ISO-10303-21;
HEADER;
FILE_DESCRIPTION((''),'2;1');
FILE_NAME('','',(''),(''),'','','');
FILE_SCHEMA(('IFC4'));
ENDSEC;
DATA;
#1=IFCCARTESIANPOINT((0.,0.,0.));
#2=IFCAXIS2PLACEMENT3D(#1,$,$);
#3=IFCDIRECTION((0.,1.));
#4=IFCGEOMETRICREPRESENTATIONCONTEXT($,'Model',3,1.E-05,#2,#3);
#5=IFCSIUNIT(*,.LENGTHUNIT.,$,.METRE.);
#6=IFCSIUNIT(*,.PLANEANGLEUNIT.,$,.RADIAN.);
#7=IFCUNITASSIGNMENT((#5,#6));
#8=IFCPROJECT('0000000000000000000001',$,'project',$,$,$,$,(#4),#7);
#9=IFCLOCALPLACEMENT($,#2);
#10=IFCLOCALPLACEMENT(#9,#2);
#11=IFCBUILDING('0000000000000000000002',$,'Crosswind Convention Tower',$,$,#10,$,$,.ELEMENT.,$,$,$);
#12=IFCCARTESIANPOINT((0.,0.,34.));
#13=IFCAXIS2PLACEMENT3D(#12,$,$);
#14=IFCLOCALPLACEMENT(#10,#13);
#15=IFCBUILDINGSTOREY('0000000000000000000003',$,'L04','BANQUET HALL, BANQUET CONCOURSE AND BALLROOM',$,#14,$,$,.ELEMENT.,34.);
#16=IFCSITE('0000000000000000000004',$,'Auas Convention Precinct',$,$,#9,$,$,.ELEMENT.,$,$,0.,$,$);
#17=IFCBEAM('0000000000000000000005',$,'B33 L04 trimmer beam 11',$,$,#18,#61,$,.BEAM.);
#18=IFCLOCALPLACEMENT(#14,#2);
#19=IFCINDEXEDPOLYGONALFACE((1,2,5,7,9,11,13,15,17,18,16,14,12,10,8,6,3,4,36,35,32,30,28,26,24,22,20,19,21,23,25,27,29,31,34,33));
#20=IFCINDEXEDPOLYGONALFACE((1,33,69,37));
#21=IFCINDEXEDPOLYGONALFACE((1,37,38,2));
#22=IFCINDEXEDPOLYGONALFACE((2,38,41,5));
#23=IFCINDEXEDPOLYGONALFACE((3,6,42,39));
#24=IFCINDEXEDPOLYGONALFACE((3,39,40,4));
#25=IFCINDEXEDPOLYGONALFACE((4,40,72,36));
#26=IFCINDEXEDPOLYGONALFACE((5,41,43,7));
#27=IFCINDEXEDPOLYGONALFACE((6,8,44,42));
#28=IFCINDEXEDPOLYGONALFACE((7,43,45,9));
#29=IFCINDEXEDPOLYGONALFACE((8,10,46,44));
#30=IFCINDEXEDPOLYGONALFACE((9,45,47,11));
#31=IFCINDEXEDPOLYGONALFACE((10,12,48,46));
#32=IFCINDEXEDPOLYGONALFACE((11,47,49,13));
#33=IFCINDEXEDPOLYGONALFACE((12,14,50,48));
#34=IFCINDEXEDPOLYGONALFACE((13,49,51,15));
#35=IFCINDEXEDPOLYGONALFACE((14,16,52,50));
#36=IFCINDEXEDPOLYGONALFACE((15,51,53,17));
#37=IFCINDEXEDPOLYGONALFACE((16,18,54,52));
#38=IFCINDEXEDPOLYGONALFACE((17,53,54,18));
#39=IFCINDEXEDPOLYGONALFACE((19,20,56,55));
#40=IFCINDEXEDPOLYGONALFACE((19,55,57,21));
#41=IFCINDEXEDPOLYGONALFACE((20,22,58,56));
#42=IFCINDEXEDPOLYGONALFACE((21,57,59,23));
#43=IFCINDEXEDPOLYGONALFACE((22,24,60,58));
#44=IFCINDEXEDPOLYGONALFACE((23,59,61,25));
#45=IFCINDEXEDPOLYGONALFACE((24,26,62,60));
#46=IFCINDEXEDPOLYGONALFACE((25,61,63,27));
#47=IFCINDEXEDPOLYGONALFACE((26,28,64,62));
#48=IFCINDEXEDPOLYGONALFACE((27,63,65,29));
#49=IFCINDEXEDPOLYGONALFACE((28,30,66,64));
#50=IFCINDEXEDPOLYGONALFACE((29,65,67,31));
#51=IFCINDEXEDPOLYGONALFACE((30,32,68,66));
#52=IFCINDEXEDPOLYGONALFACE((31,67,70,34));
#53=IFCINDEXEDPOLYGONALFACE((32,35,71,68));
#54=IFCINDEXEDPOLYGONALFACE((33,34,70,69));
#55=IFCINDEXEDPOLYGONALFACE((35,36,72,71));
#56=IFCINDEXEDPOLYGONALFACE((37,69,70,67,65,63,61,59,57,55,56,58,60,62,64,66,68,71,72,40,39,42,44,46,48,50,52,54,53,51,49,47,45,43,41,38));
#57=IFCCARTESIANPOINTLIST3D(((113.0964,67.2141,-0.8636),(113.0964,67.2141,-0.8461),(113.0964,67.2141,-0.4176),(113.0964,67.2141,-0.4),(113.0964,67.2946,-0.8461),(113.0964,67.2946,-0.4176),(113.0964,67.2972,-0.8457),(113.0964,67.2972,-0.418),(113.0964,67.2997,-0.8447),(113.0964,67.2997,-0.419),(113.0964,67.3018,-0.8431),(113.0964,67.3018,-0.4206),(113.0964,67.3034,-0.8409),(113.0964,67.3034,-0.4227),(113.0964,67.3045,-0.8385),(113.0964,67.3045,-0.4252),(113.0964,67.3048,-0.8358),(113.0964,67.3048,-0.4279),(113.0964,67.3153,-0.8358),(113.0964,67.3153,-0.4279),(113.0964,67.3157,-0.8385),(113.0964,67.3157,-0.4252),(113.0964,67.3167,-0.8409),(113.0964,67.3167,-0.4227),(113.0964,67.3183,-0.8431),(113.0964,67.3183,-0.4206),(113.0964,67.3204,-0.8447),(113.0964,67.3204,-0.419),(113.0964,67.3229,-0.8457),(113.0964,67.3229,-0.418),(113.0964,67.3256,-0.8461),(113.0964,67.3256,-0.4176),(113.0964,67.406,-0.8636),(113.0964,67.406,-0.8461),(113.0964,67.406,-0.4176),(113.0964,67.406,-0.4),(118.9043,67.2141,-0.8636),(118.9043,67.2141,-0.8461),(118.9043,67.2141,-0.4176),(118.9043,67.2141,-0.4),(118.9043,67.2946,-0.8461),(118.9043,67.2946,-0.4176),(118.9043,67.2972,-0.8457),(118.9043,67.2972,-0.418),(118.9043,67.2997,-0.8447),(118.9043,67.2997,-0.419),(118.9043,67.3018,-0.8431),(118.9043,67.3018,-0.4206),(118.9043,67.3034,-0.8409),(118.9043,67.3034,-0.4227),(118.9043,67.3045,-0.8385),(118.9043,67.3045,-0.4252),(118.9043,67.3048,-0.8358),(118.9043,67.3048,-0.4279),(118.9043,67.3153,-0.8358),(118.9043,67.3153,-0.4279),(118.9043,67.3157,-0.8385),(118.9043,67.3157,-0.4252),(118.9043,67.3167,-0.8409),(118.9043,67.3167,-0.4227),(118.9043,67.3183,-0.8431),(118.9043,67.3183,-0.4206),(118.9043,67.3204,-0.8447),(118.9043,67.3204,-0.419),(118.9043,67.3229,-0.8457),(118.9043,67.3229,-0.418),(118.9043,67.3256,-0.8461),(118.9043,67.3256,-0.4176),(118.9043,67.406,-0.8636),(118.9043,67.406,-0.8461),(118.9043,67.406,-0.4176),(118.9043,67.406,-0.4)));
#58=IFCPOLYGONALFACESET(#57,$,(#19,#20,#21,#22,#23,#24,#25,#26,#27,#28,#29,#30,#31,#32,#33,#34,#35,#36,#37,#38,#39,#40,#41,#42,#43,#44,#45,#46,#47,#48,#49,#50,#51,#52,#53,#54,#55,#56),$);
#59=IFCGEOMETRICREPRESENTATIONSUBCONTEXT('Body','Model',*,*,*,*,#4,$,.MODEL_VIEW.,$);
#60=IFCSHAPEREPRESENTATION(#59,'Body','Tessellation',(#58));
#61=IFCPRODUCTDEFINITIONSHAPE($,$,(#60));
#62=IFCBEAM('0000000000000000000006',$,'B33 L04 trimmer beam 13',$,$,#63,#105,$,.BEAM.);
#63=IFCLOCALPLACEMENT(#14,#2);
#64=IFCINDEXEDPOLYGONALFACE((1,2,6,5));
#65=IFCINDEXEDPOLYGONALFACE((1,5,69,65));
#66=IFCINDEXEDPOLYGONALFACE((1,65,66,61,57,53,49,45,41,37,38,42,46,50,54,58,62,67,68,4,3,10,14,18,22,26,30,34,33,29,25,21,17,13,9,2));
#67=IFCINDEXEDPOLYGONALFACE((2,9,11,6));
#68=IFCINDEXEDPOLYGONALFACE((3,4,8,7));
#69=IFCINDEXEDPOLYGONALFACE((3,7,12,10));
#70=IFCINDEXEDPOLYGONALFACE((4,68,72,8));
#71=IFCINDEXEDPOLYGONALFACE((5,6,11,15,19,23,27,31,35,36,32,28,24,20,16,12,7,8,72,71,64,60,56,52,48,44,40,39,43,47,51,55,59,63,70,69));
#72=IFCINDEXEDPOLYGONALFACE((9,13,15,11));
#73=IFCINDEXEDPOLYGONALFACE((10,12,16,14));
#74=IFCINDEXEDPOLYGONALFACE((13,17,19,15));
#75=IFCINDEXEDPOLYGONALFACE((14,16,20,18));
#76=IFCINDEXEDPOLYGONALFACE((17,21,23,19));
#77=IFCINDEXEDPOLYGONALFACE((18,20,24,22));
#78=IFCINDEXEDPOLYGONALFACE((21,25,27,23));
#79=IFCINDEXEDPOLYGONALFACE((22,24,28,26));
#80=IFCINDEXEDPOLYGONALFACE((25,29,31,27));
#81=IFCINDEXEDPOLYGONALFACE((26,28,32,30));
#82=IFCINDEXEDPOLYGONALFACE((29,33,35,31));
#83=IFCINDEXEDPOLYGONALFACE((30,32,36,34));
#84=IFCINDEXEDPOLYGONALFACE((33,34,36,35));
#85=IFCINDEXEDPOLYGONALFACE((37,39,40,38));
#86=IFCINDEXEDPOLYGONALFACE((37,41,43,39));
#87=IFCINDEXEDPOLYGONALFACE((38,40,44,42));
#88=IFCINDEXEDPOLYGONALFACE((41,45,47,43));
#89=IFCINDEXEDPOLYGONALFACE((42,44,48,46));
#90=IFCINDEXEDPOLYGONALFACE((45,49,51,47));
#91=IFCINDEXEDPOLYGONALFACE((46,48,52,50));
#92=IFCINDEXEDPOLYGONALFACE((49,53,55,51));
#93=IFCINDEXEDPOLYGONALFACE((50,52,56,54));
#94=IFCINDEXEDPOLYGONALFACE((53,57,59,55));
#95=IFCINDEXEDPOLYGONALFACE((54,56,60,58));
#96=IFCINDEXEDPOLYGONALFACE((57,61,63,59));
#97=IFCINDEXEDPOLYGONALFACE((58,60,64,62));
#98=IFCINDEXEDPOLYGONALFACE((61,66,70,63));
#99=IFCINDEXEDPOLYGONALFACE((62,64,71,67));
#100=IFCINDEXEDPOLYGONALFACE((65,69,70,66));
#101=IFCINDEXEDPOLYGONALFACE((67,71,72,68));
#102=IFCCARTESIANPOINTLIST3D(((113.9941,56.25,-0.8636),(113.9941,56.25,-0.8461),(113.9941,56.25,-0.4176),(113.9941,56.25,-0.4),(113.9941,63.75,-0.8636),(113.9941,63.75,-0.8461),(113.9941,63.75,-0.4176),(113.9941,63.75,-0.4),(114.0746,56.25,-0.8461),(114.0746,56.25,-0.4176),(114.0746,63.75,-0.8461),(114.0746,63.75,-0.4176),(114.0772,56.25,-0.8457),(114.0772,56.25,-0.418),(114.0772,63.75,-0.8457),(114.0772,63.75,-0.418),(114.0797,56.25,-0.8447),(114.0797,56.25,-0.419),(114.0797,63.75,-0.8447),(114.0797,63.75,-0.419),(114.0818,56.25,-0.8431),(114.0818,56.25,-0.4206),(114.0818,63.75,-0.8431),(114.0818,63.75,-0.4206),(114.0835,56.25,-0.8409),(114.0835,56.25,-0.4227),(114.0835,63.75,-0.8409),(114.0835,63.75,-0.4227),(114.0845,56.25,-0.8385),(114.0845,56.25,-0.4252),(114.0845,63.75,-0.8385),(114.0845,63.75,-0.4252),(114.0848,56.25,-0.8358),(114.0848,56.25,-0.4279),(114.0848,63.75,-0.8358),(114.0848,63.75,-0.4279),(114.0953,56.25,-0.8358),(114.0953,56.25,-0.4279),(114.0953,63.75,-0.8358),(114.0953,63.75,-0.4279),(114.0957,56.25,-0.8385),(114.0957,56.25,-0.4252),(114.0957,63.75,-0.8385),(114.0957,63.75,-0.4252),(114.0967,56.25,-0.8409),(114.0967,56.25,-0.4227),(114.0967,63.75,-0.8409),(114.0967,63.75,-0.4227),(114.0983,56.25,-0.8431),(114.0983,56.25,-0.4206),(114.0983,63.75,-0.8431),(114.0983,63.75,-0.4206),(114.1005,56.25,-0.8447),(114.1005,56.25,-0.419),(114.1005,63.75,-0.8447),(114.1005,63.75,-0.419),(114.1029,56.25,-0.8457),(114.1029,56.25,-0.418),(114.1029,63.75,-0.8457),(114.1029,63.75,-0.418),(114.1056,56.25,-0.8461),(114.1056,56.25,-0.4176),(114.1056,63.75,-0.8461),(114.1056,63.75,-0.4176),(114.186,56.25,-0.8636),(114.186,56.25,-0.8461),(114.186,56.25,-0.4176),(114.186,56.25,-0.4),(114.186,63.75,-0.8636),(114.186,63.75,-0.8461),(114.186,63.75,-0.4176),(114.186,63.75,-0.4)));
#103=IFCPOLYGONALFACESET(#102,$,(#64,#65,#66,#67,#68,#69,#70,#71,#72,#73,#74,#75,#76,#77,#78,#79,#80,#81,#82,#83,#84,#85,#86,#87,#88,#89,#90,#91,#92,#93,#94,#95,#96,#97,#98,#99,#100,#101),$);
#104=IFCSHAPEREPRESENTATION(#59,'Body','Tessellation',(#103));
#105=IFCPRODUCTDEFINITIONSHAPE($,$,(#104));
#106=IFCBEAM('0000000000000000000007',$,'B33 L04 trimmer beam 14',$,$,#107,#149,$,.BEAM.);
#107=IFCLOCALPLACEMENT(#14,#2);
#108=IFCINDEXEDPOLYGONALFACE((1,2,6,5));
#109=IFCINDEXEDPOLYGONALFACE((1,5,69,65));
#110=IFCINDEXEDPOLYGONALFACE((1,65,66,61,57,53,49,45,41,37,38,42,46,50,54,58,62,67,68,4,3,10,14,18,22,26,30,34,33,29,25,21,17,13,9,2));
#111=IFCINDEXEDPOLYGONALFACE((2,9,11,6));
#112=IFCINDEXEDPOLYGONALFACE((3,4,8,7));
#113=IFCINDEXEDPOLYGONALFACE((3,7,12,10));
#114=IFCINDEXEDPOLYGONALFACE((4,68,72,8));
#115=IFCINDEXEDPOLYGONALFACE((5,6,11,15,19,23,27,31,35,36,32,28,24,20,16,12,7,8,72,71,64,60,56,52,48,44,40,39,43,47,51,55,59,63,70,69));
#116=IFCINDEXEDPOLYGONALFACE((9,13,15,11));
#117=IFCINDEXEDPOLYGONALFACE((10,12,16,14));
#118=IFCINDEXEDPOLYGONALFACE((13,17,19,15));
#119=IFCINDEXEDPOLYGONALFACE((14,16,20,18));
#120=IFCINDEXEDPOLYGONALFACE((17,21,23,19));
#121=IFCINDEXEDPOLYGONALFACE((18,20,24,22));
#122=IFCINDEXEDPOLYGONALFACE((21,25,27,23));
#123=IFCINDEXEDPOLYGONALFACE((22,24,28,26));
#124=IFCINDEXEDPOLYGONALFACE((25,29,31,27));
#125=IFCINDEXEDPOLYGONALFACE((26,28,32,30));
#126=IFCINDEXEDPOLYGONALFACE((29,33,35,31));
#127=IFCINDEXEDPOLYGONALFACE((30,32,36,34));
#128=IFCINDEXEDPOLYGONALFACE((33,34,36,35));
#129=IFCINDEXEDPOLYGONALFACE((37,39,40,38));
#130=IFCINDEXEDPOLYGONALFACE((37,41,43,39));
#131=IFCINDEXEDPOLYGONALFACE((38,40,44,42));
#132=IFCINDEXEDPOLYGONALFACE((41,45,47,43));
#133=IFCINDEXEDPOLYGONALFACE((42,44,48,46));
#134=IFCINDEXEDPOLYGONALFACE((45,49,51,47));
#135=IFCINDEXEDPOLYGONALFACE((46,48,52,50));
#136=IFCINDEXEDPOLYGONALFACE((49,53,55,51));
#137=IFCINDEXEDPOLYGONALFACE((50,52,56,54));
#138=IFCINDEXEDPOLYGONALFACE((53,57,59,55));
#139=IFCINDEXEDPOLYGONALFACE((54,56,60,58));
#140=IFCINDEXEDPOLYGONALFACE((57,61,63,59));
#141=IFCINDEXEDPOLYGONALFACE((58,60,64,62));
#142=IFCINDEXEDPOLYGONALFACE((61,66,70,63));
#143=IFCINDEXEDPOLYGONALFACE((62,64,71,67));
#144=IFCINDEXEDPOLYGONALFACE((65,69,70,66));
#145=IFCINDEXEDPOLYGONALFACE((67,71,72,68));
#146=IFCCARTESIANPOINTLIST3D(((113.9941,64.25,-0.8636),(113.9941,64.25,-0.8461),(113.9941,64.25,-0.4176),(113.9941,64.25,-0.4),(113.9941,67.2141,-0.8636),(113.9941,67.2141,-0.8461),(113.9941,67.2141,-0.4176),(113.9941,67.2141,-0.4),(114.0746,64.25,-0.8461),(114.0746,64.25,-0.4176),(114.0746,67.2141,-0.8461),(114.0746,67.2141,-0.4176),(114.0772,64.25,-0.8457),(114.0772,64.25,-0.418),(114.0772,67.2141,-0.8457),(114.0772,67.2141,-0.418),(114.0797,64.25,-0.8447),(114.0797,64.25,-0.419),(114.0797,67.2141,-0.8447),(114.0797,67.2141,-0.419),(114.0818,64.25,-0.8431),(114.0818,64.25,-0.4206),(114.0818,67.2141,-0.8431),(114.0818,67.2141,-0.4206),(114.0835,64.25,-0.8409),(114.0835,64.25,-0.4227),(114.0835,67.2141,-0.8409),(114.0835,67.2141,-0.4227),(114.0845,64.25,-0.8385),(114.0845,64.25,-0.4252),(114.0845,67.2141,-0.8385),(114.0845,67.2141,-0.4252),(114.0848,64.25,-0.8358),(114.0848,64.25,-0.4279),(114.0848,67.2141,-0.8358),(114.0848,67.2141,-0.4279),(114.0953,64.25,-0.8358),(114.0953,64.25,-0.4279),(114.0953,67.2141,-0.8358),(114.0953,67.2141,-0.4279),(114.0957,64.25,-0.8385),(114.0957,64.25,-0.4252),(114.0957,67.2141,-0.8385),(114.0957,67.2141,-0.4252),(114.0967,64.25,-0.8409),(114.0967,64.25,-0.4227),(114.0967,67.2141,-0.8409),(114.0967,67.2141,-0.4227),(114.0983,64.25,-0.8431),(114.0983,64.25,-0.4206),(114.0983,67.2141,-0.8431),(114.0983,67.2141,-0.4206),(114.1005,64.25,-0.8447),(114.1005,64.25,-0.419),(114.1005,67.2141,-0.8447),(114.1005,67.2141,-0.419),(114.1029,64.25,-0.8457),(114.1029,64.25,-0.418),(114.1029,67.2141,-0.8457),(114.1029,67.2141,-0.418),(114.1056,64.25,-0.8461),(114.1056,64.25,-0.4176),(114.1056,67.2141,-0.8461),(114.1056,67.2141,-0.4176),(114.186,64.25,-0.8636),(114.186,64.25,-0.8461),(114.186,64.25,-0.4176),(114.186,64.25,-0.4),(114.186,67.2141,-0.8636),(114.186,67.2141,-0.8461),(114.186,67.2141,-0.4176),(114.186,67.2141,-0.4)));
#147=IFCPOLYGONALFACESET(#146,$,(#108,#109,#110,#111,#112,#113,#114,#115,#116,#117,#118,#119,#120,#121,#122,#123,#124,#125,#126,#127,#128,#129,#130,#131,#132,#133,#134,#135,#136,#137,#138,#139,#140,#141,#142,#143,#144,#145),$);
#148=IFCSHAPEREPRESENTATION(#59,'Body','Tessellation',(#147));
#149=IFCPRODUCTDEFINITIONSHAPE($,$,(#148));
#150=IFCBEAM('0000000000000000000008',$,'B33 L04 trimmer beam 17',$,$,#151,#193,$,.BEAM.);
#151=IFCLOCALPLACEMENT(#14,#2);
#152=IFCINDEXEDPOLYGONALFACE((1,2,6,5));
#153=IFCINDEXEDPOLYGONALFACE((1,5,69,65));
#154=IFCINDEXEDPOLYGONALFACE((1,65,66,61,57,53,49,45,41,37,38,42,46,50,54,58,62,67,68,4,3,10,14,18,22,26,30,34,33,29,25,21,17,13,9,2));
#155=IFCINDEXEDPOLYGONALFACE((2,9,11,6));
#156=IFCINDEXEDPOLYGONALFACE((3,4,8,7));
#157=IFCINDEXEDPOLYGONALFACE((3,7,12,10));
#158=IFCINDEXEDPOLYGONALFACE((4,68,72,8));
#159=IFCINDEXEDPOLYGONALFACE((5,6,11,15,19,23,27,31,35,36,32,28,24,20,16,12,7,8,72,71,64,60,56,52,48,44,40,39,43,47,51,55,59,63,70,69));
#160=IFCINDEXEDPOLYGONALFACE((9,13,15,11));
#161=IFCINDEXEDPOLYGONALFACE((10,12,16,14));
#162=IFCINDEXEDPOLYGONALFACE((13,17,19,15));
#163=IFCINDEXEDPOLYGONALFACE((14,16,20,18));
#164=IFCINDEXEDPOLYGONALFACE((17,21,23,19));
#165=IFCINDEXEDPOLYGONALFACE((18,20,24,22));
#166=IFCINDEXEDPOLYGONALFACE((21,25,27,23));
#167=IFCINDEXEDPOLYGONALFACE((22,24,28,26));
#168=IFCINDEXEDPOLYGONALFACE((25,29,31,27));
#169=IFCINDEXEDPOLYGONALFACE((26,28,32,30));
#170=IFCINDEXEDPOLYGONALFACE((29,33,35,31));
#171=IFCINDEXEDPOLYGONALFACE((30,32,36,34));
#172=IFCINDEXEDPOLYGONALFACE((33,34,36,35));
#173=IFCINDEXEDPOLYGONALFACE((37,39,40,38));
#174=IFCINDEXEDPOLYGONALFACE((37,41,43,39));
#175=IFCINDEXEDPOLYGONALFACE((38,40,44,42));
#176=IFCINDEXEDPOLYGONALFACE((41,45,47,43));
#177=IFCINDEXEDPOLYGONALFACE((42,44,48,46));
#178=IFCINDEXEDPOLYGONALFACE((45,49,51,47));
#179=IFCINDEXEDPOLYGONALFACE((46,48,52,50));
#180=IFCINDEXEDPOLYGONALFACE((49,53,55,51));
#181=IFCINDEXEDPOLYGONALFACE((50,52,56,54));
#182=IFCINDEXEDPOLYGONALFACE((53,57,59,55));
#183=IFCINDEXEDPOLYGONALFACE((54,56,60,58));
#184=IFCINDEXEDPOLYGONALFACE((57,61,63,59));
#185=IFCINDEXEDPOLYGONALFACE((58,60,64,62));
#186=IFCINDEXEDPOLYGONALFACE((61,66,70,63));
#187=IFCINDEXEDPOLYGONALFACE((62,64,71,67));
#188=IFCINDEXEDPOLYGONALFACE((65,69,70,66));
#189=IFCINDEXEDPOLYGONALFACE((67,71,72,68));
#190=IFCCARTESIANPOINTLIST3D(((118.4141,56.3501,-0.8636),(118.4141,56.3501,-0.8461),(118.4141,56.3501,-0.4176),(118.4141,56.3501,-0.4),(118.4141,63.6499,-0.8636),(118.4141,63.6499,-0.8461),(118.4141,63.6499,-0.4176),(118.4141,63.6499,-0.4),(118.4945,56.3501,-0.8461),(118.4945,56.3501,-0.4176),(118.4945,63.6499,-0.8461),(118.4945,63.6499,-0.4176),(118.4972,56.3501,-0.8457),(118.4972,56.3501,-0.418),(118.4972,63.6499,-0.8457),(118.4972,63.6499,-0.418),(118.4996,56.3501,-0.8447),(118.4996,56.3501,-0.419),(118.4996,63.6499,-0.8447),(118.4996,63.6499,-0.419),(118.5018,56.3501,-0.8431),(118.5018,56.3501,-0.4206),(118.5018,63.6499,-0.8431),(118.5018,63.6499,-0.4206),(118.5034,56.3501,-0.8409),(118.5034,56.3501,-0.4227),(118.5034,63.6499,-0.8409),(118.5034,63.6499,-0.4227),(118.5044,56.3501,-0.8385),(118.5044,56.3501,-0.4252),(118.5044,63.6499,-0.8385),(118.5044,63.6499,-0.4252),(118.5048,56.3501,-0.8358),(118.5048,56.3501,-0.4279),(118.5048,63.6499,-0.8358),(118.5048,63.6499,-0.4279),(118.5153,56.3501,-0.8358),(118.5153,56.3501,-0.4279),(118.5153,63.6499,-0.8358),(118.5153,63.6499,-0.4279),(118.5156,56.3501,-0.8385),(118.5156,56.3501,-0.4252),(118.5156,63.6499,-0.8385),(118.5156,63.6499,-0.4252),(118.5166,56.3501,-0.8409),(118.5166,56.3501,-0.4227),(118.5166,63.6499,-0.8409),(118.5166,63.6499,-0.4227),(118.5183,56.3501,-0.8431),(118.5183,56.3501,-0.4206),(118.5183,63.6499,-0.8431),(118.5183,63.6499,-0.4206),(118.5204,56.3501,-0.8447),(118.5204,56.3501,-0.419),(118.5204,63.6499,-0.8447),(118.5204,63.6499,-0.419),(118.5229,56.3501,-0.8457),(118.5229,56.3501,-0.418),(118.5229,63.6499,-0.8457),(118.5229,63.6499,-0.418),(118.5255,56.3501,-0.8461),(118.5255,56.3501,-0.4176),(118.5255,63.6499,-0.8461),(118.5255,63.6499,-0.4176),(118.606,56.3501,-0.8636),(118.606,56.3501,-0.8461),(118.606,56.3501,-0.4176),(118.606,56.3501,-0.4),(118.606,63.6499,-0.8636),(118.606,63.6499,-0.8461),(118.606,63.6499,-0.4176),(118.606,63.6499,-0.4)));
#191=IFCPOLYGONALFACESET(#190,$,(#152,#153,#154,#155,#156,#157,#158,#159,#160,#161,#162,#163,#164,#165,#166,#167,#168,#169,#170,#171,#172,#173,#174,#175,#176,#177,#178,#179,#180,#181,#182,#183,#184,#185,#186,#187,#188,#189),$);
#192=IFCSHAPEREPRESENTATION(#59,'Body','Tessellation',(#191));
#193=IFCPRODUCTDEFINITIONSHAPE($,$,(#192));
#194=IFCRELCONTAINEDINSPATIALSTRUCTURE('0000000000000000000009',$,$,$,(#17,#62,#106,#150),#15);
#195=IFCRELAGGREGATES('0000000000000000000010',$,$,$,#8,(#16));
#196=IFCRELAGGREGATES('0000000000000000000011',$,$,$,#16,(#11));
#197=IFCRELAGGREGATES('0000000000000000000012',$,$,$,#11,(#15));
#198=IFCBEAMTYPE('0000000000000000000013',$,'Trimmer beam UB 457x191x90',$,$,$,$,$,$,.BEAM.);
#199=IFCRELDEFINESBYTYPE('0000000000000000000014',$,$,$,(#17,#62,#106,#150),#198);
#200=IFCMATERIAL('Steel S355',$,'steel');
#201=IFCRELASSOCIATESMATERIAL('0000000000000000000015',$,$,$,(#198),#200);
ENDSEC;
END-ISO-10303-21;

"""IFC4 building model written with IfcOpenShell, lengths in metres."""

from ifc_helpers import new_model, si_unit, direction, frame, origin, origin_2d, place, context, subcontext, project, spatial, i_section, extrude, material, material_profile, profile_set, type_object, element, save


model = new_model("IFC4")

# Units and contexts
model_context = context("Model", 3, precision=1e-05, world=origin(), true_north=direction((0.0, 1.0)))
body_context = subcontext(model_context, "Body", "Model", "MODEL_VIEW")
ifc_project = project(units=[si_unit("LENGTHUNIT", "METRE"), si_unit("PLANEANGLEUNIT", "RADIAN")], contexts=[model_context])

# Site, building, storey
site_placement = place(None, origin())
site = spatial("IfcSite", under=ifc_project, at=site_placement, Name="Auas Convention Precinct", CompositionType="ELEMENT", RefElevation=0.0)
building_placement = place(site_placement, origin())
building = spatial("IfcBuilding", under=site, at=building_placement, Name="Crosswind Convention Tower", CompositionType="ELEMENT")
storey_placement = place(building_placement, frame((0.0, 0.0, 34.0)))
storey = spatial("IfcBuildingStorey", under=building, at=storey_placement, Name="L04", Description="BANQUET HALL, BANQUET CONCOURSE AND BALLROOM", CompositionType="ELEMENT", Elevation=34.0)

# Shared definitions
ifc_material_1 = material(Name="Steel S355", Category="steel")

# Beams
ifc_material_profile_1 = material_profile(ifc_material_1, i_section(OverallWidth=0.1919, OverallDepth=0.4636, WebThickness=0.0105, FlangeThickness=0.0176, FilletRadius=0.0103, at=origin_2d()), Name="UB 457x191x90")
ifc_profile_set_1 = profile_set([ifc_material_profile_1], Name="Steel S355")
beam_type_1 = type_object("IfcBeamType", Name="Trimmer beam UB 457x191x90", PredefinedType="BEAM", material=ifc_profile_set_1)
beam_1_placement = place(storey_placement, frame((113.0964, 67.3101, -0.6318), z_axis=(1.0, 0.0, 0.0), x_axis=(0.0, 1.0, 0.0)))
element("IfcBeam", 1, at=beam_1_placement, inside=storey, type_object=beam_type_1, Name="B33 L04 trimmer beam 11", PredefinedType="BEAM", context=body_context, shape_type="SweptSolid", body=[
    extrude(i_section(OverallWidth=0.1919, OverallDepth=0.4636, WebThickness=0.0105, FlangeThickness=0.0176, FilletRadius=0.0103, at=origin_2d()), origin(), (0.0, 0.0, 1.0), 5.8079),
])
beam_2_placement = place(storey_placement, frame((114.0901, 63.75, -0.6318), z_axis=(0.0, -1.0, 0.0), x_axis=(1.0, 0.0, 0.0)))
element("IfcBeam", 2, at=beam_2_placement, inside=storey, type_object=beam_type_1, Name="B33 L04 trimmer beam 13", PredefinedType="BEAM", context=body_context, shape_type="SweptSolid", body=[
    extrude(i_section(OverallWidth=0.1919, OverallDepth=0.4636, WebThickness=0.0105, FlangeThickness=0.0176, FilletRadius=0.0103, at=origin_2d()), origin(), (0.0, 0.0, 1.0), 7.5),
])
beam_3_placement = place(storey_placement, frame((114.0901, 67.2141, -0.6318), z_axis=(0.0, -1.0, 0.0), x_axis=(1.0, 0.0, 0.0)))
element("IfcBeam", 3, at=beam_3_placement, inside=storey, type_object=beam_type_1, Name="B33 L04 trimmer beam 14", PredefinedType="BEAM", context=body_context, shape_type="SweptSolid", body=[
    extrude(i_section(OverallWidth=0.1919, OverallDepth=0.4636, WebThickness=0.0105, FlangeThickness=0.0176, FilletRadius=0.0103, at=origin_2d()), origin(), (0.0, 0.0, 1.0), 2.9641),
])
beam_4_placement = place(storey_placement, frame((118.51, 63.6499, -0.6318), z_axis=(0.0, -1.0, 0.0), x_axis=(1.0, 0.0, 0.0)))
element("IfcBeam", 4, at=beam_4_placement, inside=storey, type_object=beam_type_1, Name="B33 L04 trimmer beam 17", PredefinedType="BEAM", context=body_context, shape_type="SweptSolid", body=[
    extrude(i_section(OverallWidth=0.1919, OverallDepth=0.4636, WebThickness=0.0105, FlangeThickness=0.0176, FilletRadius=0.0103, at=origin_2d()), origin(), (0.0, 0.0, 1.0), 7.2998),
])

save(model, "model.ifc")
